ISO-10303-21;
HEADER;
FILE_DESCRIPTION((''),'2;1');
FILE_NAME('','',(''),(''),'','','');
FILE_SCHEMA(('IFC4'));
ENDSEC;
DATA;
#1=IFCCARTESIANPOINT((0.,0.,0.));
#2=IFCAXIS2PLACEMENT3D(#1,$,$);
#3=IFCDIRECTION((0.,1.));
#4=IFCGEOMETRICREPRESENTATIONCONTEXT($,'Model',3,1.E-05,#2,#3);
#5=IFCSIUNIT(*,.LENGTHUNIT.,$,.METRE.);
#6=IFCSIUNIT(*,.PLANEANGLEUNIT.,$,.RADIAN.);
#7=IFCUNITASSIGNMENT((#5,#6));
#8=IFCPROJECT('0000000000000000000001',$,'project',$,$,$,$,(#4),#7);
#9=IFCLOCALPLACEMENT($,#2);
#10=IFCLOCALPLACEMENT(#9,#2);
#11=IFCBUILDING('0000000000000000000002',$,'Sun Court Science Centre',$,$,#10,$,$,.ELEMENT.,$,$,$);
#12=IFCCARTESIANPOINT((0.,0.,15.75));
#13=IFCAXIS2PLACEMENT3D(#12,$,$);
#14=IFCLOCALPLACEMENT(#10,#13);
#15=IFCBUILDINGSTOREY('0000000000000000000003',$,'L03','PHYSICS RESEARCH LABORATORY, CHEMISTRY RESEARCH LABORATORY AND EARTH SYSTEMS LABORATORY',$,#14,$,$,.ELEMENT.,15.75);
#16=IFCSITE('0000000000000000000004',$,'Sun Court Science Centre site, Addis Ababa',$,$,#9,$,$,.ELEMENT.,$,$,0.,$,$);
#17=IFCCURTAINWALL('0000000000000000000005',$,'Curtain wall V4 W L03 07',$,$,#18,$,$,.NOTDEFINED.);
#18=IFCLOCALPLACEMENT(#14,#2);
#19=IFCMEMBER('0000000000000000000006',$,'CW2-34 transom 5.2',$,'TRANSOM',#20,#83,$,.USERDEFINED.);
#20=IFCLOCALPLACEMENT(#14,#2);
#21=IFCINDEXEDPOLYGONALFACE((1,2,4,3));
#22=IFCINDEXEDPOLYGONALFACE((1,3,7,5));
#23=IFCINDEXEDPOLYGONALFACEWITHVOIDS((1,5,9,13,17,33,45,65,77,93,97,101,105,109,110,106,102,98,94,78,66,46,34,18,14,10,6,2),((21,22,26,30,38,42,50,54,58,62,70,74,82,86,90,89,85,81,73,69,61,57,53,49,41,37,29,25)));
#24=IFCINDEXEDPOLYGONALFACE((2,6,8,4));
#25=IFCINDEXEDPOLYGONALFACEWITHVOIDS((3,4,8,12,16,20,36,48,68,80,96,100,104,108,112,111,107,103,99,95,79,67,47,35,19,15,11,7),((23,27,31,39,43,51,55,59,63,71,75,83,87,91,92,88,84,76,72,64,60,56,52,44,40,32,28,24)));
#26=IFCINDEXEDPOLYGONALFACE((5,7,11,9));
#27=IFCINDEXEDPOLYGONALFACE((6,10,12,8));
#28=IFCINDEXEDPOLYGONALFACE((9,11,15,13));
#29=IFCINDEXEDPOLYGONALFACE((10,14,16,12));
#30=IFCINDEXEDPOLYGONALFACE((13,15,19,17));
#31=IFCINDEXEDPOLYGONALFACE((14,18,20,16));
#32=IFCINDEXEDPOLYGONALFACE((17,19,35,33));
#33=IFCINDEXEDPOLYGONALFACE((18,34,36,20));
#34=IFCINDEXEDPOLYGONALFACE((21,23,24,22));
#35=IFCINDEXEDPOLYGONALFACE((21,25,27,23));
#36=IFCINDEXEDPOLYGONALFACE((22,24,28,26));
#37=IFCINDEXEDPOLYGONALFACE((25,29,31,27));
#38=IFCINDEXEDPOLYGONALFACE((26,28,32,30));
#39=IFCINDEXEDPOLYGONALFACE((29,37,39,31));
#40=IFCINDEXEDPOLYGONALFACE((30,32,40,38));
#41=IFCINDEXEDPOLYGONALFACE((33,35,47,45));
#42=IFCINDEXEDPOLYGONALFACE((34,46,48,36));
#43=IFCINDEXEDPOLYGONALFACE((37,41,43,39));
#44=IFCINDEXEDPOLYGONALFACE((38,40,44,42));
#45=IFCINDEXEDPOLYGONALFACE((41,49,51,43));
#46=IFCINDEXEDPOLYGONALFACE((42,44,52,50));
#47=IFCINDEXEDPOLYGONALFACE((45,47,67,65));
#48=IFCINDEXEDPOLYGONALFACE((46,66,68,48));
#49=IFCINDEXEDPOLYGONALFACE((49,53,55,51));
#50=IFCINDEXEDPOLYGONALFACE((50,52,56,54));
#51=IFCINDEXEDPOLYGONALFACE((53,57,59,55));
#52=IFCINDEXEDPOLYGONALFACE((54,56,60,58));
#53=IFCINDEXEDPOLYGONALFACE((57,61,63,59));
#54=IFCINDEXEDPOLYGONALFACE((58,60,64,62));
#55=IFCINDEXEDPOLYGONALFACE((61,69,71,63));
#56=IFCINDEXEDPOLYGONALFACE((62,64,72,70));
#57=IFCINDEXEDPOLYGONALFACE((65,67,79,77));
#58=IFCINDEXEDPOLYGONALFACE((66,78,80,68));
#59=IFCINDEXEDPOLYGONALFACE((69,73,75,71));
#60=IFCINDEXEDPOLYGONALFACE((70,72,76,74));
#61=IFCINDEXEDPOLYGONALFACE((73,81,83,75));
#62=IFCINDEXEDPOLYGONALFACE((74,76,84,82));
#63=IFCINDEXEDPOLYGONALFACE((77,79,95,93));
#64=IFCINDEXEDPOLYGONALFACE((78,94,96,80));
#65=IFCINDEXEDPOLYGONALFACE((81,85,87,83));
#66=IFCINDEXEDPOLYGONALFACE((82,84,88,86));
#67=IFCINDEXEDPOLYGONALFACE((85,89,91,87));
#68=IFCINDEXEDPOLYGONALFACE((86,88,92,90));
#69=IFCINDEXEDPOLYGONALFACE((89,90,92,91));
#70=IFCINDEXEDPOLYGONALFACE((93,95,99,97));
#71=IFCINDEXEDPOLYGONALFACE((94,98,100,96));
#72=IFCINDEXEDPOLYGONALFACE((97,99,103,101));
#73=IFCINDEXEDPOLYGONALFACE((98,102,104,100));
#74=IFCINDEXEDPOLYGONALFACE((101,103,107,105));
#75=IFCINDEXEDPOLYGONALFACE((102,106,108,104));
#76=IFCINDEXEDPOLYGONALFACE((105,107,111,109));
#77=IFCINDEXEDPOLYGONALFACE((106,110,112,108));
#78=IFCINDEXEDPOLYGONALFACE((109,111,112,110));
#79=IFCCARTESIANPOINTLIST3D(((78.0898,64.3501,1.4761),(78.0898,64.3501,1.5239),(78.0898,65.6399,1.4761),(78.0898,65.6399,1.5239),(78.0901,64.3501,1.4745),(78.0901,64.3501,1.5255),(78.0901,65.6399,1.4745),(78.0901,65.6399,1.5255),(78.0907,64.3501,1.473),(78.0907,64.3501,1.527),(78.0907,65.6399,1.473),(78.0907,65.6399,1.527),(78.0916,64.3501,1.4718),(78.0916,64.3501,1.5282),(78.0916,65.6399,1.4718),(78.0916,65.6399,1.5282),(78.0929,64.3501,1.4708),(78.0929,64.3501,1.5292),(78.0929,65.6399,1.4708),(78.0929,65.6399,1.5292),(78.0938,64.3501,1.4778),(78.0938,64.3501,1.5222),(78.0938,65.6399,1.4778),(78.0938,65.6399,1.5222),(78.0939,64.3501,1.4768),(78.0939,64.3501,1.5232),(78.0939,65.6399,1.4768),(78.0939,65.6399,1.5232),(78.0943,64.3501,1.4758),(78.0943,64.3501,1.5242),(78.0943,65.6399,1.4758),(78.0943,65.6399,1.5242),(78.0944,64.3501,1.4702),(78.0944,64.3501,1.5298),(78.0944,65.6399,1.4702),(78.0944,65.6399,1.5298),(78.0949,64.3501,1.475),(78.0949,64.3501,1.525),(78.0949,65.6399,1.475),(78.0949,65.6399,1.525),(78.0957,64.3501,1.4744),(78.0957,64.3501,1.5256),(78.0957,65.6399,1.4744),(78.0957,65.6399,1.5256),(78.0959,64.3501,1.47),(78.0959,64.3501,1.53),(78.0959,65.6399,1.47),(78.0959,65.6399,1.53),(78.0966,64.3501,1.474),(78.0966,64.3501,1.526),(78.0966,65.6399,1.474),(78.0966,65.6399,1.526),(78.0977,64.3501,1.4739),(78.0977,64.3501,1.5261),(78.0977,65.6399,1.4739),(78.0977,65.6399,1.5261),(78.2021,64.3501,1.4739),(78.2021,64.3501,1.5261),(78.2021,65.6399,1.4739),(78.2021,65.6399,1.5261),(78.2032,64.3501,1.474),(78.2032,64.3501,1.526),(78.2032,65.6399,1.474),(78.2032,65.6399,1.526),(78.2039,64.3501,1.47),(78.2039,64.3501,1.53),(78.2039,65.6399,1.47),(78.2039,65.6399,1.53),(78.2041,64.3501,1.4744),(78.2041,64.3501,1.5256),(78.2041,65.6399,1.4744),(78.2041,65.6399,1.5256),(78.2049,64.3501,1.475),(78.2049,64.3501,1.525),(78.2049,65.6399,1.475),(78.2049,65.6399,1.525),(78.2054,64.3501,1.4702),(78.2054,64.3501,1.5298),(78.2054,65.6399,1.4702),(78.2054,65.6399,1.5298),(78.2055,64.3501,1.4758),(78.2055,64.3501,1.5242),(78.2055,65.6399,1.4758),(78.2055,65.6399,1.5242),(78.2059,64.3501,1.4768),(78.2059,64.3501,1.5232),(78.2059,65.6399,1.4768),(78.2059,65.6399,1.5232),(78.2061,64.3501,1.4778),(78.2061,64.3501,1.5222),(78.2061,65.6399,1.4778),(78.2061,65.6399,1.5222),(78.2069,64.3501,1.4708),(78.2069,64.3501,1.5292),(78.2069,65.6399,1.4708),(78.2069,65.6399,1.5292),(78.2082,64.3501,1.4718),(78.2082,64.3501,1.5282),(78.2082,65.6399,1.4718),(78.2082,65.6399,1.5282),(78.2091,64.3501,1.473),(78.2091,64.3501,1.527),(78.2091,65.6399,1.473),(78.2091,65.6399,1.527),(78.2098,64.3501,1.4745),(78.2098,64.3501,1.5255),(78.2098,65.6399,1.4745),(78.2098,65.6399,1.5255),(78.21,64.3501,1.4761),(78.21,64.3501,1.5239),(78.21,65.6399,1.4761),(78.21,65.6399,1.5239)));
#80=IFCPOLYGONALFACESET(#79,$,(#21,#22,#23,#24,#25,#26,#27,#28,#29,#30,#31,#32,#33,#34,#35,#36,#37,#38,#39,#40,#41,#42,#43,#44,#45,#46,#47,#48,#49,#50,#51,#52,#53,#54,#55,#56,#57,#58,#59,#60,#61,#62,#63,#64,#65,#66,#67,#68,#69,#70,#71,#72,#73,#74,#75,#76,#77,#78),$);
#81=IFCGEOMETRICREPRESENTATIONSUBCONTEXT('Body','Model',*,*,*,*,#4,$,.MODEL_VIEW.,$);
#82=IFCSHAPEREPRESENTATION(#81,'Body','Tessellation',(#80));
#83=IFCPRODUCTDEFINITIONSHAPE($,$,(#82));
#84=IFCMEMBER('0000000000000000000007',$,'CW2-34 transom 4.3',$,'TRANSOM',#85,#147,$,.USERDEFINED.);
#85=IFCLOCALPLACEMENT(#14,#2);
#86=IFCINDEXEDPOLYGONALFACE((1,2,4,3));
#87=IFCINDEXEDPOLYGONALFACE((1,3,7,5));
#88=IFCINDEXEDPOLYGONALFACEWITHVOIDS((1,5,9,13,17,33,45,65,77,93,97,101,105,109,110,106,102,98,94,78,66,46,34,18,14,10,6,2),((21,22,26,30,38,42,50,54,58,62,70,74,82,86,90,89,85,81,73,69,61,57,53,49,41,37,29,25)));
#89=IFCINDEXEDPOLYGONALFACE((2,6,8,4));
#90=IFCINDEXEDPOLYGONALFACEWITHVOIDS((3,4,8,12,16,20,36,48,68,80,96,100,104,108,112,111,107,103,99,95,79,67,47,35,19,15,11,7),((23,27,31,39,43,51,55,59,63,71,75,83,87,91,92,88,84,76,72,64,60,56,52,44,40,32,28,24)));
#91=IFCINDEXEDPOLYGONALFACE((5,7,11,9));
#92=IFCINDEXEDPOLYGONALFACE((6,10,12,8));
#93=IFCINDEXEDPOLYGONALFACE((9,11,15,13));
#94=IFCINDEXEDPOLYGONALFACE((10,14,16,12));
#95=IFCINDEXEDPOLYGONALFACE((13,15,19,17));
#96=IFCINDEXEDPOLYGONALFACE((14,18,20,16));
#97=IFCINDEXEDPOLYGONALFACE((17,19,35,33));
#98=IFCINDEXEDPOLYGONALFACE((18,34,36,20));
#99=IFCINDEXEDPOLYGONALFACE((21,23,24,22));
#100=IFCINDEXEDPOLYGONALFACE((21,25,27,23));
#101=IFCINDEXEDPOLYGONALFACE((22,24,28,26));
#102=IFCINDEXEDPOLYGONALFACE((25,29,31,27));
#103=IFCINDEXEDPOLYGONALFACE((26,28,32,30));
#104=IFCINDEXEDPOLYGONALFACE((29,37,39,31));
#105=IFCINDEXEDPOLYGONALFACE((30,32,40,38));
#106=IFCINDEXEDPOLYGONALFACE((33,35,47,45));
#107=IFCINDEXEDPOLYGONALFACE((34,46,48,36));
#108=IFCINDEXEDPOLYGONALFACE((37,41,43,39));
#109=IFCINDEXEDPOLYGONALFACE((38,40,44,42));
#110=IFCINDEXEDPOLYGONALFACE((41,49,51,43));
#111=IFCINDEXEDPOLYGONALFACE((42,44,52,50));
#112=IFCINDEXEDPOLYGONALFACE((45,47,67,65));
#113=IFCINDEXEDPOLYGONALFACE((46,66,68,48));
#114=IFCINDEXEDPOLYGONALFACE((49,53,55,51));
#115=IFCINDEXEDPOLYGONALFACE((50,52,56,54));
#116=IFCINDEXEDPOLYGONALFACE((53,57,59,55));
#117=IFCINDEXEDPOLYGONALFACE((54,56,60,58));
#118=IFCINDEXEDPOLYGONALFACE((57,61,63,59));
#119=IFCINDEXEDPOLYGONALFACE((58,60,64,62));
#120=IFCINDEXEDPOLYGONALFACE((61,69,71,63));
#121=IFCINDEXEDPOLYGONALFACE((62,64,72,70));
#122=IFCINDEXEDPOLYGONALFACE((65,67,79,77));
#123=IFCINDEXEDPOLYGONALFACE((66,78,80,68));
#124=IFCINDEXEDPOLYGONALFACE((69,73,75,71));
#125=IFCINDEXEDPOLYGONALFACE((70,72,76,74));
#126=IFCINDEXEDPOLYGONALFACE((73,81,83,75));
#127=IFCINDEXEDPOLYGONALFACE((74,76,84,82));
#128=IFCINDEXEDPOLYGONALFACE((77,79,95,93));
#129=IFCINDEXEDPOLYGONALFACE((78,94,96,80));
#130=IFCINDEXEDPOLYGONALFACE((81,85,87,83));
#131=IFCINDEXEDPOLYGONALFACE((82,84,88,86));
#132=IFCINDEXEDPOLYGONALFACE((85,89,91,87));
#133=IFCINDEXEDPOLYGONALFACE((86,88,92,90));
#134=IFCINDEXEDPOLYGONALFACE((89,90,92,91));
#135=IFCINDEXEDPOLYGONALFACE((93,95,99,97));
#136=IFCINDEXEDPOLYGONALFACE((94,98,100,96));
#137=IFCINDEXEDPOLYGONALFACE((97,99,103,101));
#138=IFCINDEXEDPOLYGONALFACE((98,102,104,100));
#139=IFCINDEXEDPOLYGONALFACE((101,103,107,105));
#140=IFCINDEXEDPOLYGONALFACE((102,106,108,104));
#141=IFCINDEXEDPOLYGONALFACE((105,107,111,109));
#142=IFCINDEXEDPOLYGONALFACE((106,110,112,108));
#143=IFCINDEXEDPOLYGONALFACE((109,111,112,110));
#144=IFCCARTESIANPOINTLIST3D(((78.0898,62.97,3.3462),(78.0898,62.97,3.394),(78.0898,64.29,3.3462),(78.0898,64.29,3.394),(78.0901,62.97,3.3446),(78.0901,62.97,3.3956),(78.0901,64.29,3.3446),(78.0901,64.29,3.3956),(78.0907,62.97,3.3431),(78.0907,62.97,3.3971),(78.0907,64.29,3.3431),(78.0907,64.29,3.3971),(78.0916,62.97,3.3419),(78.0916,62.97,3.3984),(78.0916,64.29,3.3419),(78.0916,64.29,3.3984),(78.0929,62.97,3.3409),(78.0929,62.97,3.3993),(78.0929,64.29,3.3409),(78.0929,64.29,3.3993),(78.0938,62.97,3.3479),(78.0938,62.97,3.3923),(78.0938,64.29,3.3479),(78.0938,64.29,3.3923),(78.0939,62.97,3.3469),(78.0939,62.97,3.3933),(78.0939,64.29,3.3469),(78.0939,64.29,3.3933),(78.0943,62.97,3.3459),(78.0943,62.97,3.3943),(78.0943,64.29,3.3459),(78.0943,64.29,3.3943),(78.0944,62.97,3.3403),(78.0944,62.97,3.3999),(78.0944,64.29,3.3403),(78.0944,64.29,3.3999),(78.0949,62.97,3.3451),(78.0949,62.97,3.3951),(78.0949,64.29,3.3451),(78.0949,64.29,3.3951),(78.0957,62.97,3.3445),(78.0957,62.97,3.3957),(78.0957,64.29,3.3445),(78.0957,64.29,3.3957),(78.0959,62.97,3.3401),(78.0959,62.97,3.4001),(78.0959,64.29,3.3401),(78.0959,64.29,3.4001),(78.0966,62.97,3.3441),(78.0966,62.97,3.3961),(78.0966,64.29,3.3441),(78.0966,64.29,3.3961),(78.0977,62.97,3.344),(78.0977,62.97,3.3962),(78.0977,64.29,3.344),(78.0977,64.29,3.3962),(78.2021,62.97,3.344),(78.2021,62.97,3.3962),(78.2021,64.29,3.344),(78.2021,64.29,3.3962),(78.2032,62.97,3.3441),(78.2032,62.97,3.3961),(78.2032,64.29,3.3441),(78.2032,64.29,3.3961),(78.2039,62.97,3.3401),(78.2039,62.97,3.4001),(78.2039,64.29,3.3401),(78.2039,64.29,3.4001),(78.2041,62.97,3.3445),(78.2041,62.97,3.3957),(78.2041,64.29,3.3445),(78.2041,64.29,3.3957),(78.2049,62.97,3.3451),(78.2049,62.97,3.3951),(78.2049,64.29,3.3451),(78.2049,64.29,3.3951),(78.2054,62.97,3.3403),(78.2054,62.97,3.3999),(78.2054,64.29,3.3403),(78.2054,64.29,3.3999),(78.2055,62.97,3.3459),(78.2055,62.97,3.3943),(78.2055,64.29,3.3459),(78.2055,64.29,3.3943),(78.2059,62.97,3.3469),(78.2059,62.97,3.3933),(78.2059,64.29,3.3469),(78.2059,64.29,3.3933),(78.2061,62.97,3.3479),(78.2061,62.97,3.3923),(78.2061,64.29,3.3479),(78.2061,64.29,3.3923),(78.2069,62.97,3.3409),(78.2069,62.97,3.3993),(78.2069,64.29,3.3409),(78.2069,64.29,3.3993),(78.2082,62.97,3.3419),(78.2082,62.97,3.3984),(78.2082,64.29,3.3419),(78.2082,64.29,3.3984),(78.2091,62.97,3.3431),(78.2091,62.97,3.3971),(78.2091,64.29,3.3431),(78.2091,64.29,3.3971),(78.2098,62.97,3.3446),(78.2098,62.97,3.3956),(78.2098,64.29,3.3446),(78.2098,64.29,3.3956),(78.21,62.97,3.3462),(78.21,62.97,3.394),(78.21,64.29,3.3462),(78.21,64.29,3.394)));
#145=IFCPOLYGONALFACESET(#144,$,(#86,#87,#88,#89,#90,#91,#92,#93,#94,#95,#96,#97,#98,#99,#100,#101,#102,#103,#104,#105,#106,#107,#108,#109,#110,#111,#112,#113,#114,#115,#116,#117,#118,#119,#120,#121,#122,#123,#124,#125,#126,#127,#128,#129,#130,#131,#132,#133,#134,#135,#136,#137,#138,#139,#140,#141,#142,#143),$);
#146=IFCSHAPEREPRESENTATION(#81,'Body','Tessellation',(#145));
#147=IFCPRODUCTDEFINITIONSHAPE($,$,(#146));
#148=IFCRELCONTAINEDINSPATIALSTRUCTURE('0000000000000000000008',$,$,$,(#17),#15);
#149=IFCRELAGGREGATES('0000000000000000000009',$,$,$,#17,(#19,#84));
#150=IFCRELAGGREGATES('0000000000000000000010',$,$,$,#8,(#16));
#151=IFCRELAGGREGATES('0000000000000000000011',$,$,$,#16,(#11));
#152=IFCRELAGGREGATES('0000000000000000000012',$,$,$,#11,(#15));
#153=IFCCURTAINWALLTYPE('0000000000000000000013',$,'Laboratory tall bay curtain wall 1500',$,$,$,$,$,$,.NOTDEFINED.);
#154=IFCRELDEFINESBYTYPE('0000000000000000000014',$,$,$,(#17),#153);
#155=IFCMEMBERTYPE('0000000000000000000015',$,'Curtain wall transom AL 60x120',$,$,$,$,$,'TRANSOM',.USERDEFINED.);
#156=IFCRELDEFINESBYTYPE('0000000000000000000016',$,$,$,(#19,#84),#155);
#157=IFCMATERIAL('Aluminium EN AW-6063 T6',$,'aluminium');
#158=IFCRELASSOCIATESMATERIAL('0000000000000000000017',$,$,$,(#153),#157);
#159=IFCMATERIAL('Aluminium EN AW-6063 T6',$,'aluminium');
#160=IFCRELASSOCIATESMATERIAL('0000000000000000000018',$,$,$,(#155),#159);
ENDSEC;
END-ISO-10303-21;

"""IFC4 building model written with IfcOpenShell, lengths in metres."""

from ifc_helpers import new_model, si_unit, direction, frame, origin, origin_2d, place, context, subcontext, project, spatial, hollow_rectangle, extrude, material, material_profile, profile_set, type_object, element, aggregate, save


model = new_model("IFC4")

# Units and contexts
model_context = context("Model", 3, precision=1e-05, world=origin(), true_north=direction((0.0, 1.0)))
body_context = subcontext(model_context, "Body", "Model", "MODEL_VIEW")
ifc_project = project(units=[si_unit("LENGTHUNIT", "METRE"), si_unit("PLANEANGLEUNIT", "RADIAN")], contexts=[model_context])

# Site, building, storey
site_placement = place(None, origin())
site = spatial("IfcSite", under=ifc_project, at=site_placement, Name="Sun Court Science Centre site, Addis Ababa", CompositionType="ELEMENT", RefElevation=0.0)
building_placement = place(site_placement, origin())
building = spatial("IfcBuilding", under=site, at=building_placement, Name="Sun Court Science Centre", CompositionType="ELEMENT")
storey_placement = place(building_placement, frame((0.0, 0.0, 15.75)))
storey = spatial("IfcBuildingStorey", under=building, at=storey_placement, Name="L03", Description="PHYSICS RESEARCH LABORATORY, CHEMISTRY RESEARCH LABORATORY AND EARTH SYSTEMS LABORATORY", CompositionType="ELEMENT", Elevation=15.75)

# Curtain wall
ifc_material_1 = material(Name="Aluminium EN AW-6063 T6", Category="aluminium")
curtain_wall_type = type_object("IfcCurtainWallType", Name="Laboratory tall bay curtain wall 1500", PredefinedType="NOTDEFINED", material=ifc_material_1)
curtain_wall_1_placement = place(storey_placement, origin())
curtain_wall_1 = element("IfcCurtainWall", 1, at=curtain_wall_1_placement, inside=storey, type_object=curtain_wall_type, Name="Curtain wall V4 W L03 07", PredefinedType="NOTDEFINED")

# Members
ifc_material_2 = material(Name="Aluminium EN AW-6063 T6", Category="aluminium")
ifc_material_profile_1 = material_profile(ifc_material_2, hollow_rectangle(XDim=0.0601, YDim=0.1201, WallThickness=0.0039, InnerFilletRadius=0.0039, OuterFilletRadius=0.0061, at=origin_2d()), Name="AL 60x120x4")
ifc_profile_set_1 = profile_set([ifc_material_profile_1], Name="Aluminium EN AW-6063 T6")
member_type_1 = type_object("IfcMemberType", Name="Curtain wall transom AL 60x120", ElementType="TRANSOM", PredefinedType="USERDEFINED", material=ifc_profile_set_1)
member_1_placement = place(storey_placement, frame((78.1499, 64.3501, 1.5), z_axis=(0.0, 1.0, 0.0), x_axis=(0.0, 0.0, 1.0)))
member_1 = element("IfcMember", 2, at=member_1_placement, type_object=member_type_1, Name="CW2-34 transom 5.2", ObjectType="TRANSOM", PredefinedType="USERDEFINED", context=body_context, shape_type="SweptSolid", body=[
    extrude(hollow_rectangle(XDim=0.0601, YDim=0.1201, WallThickness=0.0039, InnerFilletRadius=0.0039, OuterFilletRadius=0.0061, at=origin_2d()), origin(), (0.0, 0.0, 1.0), 1.2898),
])
member_2_placement = place(storey_placement, frame((78.1499, 62.97, 3.3701), z_axis=(0.0, 1.0, 0.0), x_axis=(0.0, 0.0, 1.0)))
member_2 = element("IfcMember", 3, at=member_2_placement, type_object=member_type_1, Name="CW2-34 transom 4.3", ObjectType="TRANSOM", PredefinedType="USERDEFINED", context=body_context, shape_type="SweptSolid", body=[
    extrude(hollow_rectangle(XDim=0.0601, YDim=0.1201, WallThickness=0.0039, InnerFilletRadius=0.0039, OuterFilletRadius=0.0061, at=origin_2d()), origin(), (0.0, 0.0, 1.0), 1.3201),
])

aggregate(curtain_wall_1, [member_1, member_2])

save(model, "model.ifc")
